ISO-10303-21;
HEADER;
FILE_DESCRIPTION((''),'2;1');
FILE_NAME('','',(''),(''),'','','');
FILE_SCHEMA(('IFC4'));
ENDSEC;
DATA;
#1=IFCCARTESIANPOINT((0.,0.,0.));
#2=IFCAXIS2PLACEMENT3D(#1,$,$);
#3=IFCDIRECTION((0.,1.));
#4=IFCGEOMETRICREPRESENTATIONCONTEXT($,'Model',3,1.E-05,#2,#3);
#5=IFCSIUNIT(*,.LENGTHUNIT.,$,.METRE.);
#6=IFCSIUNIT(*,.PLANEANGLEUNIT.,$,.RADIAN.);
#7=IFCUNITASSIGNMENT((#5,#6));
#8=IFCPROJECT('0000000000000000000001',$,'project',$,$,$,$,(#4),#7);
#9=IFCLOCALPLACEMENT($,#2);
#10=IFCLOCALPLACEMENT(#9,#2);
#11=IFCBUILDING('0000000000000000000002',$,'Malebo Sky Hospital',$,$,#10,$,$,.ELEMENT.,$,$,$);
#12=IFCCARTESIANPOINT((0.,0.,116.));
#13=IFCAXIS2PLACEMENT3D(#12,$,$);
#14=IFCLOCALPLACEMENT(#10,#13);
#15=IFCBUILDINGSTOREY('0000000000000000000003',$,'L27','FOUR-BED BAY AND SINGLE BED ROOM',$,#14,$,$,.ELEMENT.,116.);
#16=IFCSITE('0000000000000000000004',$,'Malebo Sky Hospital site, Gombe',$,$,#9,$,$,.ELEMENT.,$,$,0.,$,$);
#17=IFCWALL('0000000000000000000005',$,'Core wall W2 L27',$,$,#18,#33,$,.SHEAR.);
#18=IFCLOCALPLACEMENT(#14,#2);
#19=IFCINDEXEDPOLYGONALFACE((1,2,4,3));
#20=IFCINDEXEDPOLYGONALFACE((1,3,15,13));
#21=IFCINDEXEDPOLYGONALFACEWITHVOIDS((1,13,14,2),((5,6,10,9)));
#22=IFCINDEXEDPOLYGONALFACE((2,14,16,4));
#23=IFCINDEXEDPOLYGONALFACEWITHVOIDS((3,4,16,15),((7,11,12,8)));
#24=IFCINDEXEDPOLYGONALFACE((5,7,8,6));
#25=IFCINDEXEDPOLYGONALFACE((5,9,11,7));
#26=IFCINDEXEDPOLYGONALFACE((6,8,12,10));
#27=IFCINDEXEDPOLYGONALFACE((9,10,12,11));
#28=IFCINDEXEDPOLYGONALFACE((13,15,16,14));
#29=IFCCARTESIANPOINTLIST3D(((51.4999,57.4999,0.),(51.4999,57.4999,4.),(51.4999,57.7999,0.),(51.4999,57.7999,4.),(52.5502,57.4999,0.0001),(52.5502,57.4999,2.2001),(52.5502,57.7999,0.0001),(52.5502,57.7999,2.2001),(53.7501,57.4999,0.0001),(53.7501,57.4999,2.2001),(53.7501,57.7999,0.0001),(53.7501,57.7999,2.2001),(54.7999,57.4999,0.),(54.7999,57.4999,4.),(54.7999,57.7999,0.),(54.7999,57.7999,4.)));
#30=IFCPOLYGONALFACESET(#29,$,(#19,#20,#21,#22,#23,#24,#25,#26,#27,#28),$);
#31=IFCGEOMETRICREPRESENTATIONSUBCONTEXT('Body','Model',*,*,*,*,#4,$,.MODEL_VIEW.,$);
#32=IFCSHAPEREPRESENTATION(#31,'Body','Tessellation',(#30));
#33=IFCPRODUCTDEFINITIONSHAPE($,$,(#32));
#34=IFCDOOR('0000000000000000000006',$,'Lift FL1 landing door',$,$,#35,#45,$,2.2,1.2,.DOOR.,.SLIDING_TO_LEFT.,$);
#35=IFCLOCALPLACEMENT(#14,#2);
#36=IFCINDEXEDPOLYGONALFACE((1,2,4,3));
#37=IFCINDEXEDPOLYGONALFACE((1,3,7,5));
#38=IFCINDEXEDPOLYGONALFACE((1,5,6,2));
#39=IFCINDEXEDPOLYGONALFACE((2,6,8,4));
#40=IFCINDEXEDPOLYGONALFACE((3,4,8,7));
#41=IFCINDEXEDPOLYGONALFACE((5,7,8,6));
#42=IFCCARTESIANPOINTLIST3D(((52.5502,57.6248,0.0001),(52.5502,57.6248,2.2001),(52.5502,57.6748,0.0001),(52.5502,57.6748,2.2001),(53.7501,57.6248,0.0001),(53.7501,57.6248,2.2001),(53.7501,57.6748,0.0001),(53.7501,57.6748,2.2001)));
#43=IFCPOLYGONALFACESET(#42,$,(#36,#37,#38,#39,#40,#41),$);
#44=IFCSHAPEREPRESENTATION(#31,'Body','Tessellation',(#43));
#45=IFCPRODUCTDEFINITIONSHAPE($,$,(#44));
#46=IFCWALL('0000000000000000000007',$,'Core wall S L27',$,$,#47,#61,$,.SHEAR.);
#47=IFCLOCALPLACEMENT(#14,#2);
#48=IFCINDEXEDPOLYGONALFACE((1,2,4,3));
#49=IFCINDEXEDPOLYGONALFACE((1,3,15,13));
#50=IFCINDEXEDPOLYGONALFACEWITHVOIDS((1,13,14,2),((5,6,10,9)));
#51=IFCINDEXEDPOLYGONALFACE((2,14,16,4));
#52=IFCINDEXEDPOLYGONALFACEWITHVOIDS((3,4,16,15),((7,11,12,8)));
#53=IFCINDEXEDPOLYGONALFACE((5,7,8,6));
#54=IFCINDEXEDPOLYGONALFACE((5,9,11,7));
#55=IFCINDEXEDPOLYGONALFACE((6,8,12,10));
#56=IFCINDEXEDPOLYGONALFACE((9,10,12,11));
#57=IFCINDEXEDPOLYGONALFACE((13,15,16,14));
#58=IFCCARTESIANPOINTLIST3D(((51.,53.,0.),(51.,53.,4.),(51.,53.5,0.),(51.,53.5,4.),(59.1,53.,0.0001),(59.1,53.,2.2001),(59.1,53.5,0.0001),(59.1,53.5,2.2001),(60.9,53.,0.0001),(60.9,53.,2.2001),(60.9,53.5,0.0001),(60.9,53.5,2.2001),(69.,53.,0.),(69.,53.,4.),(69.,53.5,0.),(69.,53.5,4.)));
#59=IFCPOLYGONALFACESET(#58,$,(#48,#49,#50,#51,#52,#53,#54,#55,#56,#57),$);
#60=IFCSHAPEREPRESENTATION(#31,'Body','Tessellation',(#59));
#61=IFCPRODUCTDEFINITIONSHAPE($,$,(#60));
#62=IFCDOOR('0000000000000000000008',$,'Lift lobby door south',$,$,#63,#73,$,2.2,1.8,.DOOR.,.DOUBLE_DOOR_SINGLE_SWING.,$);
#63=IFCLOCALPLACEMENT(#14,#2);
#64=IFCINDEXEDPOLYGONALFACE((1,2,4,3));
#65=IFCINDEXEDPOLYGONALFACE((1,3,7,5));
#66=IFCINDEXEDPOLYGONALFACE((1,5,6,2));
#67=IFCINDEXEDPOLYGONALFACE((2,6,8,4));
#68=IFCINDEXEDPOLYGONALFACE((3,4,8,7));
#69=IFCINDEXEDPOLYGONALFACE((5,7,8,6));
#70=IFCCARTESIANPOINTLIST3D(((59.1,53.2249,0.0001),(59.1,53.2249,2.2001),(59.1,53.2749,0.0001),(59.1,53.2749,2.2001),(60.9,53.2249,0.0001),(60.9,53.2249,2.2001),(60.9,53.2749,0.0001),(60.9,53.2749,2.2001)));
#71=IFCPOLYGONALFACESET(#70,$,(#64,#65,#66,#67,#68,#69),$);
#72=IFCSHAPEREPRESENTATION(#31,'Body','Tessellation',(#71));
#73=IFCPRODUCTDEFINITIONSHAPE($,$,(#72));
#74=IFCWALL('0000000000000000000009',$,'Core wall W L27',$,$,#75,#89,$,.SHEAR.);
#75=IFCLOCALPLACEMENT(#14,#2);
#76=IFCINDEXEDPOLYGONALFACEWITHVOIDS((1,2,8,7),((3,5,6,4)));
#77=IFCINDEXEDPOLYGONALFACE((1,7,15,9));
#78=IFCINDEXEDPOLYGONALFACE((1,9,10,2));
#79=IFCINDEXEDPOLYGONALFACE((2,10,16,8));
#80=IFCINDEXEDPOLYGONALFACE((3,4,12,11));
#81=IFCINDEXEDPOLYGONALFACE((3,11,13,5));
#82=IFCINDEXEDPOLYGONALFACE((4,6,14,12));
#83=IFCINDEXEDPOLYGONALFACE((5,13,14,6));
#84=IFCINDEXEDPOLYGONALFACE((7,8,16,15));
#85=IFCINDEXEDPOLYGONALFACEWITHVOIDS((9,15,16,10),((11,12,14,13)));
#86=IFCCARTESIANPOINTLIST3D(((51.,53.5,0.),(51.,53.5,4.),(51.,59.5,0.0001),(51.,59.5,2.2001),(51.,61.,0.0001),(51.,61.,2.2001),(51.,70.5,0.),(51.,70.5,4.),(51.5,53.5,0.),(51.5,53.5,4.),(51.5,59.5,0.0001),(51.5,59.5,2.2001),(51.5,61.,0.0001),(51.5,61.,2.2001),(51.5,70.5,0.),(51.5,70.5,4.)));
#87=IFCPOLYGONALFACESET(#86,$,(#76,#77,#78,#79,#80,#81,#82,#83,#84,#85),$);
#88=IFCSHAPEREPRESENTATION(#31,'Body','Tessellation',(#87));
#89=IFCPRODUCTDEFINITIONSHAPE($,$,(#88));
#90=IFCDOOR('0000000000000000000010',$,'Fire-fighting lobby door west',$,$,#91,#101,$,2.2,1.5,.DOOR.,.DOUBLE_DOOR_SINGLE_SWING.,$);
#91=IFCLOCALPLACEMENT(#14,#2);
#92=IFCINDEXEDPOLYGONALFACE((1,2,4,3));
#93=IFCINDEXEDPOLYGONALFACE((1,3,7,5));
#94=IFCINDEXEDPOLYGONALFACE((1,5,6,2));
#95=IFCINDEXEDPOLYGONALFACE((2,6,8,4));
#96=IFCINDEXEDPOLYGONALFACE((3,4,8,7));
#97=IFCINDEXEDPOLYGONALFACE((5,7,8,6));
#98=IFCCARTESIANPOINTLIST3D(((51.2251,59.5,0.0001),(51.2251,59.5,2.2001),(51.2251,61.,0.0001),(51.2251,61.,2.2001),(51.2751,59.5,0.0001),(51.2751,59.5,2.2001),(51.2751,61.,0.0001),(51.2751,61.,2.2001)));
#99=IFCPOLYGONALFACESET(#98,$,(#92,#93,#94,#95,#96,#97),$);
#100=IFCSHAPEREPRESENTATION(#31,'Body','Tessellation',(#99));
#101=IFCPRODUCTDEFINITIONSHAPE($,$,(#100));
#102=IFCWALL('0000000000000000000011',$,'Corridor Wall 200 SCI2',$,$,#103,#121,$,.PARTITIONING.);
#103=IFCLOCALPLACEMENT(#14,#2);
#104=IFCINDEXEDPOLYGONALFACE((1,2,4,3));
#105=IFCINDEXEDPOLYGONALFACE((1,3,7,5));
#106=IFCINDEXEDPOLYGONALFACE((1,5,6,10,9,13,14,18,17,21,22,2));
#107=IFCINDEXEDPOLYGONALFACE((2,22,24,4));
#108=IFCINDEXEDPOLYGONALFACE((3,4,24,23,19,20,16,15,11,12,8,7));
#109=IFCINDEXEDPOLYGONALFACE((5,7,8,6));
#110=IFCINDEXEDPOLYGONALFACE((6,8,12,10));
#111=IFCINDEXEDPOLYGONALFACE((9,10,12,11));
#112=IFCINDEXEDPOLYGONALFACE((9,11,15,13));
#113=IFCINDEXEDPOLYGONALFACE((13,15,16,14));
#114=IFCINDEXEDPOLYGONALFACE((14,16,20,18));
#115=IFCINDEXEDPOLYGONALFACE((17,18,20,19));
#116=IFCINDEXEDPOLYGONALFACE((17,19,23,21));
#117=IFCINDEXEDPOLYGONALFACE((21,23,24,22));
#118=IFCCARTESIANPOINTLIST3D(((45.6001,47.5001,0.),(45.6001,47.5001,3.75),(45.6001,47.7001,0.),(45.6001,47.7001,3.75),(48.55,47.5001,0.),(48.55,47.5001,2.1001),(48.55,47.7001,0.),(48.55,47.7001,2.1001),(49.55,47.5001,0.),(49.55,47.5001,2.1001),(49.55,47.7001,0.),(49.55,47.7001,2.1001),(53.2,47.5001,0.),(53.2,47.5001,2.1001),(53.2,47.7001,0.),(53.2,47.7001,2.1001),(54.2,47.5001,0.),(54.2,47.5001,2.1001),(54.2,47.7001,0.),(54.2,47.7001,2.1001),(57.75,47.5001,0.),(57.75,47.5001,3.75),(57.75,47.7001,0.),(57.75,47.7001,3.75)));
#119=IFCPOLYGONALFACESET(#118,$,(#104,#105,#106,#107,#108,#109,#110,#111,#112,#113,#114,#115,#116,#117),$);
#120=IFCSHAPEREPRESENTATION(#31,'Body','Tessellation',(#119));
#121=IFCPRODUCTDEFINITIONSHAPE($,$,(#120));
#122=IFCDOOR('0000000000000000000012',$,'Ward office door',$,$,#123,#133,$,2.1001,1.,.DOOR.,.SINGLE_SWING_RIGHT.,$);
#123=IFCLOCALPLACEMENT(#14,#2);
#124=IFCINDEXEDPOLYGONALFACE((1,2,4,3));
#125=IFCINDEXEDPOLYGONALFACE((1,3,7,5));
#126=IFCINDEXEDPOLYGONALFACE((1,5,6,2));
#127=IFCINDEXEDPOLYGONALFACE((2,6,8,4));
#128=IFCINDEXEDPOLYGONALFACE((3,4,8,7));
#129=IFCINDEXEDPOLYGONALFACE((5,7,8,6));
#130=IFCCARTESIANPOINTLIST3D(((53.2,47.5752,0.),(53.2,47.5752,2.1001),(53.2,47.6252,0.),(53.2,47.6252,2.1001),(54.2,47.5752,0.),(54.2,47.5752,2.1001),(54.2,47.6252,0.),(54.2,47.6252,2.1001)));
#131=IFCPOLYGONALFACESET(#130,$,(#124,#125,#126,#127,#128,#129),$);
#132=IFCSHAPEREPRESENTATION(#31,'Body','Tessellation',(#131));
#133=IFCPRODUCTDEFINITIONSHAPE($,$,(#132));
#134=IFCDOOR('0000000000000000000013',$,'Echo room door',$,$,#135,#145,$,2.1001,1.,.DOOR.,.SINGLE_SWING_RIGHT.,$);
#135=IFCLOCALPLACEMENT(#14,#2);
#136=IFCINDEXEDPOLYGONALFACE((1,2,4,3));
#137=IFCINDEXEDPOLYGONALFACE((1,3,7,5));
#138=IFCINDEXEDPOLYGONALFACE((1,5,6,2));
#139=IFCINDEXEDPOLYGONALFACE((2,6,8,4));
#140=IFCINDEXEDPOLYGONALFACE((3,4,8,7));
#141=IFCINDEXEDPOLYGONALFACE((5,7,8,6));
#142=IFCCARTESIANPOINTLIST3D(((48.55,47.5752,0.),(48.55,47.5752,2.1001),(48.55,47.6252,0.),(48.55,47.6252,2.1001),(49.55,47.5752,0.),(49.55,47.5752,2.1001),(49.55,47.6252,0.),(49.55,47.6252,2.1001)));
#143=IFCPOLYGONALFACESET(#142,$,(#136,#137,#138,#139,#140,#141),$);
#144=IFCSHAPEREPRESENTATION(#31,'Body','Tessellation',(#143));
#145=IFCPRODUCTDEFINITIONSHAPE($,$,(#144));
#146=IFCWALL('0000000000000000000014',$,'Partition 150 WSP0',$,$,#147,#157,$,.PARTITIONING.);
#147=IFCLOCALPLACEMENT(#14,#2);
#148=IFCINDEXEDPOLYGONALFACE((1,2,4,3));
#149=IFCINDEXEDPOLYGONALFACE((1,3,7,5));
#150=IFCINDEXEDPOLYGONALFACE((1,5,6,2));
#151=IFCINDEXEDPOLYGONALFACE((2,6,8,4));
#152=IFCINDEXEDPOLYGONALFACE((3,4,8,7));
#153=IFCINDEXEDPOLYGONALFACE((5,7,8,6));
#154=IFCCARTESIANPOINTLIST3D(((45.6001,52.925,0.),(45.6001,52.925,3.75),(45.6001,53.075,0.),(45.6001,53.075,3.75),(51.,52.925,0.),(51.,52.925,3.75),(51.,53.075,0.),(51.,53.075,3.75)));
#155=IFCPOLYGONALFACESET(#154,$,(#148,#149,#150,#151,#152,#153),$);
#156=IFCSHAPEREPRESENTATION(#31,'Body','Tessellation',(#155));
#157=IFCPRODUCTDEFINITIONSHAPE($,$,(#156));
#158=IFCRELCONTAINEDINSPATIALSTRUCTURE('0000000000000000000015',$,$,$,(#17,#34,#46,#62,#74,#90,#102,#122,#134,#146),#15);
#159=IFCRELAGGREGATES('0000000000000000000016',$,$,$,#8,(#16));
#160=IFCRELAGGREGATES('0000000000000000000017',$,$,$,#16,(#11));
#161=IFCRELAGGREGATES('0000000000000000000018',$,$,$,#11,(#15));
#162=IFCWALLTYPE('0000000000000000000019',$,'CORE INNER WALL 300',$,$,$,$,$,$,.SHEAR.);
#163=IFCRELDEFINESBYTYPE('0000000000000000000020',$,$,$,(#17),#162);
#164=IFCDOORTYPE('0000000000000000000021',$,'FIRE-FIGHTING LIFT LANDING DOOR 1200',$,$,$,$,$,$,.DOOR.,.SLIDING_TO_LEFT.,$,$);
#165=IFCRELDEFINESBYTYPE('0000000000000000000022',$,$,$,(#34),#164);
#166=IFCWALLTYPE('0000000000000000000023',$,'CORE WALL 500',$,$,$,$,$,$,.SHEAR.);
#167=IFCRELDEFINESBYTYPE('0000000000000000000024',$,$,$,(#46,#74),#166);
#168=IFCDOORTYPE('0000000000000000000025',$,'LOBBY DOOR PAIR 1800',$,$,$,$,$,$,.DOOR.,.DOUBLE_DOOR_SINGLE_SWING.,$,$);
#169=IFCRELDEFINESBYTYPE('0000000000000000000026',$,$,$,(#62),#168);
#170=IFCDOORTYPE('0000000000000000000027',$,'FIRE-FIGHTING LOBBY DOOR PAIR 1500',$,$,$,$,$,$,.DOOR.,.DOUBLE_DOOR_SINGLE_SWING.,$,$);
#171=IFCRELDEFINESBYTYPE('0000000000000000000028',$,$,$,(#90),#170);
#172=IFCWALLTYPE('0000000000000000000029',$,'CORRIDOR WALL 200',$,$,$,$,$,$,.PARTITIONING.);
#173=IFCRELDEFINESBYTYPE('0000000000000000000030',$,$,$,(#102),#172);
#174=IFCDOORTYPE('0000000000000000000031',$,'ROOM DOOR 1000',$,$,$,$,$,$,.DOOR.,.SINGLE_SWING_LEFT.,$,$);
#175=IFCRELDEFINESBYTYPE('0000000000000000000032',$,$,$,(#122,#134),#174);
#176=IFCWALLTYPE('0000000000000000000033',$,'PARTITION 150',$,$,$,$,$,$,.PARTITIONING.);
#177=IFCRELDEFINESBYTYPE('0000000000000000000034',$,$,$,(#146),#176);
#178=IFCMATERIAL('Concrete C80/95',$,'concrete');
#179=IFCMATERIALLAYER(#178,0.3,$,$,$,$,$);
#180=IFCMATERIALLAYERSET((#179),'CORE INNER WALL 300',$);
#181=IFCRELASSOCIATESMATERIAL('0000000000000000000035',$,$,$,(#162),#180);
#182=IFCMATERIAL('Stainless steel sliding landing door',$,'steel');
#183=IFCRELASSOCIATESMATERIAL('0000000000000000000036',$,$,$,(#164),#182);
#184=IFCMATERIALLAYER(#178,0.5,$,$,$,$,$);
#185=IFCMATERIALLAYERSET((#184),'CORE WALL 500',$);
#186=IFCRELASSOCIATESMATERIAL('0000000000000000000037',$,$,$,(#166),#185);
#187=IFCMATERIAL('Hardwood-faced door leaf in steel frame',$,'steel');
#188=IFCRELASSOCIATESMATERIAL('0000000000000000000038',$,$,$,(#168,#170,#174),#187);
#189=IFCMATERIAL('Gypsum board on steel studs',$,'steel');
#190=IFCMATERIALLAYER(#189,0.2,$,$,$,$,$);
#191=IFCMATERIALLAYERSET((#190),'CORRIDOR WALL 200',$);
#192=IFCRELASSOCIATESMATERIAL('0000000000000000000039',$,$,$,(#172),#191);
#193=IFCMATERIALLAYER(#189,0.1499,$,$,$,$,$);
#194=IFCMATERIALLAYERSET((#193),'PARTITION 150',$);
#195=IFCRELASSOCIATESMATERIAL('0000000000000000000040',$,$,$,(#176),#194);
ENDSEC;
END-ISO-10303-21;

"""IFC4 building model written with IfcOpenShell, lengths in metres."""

from ifc_helpers import new_model, si_unit, direction, frame, frame_2d, origin, place, context, subcontext, project, spatial, rectangle, extrude, material, layer, layer_set, type_object, element, fill, save


model = new_model("IFC4")

# Units and contexts
model_context = context("Model", 3, precision=1e-05, world=origin(), true_north=direction((0.0, 1.0)))
body_context = subcontext(model_context, "Body", "Model", "MODEL_VIEW")
ifc_project = project(units=[si_unit("LENGTHUNIT", "METRE"), si_unit("PLANEANGLEUNIT", "RADIAN")], contexts=[model_context])

# Site, building, storey
site_placement = place(None, origin())
site = spatial("IfcSite", under=ifc_project, at=site_placement, Name="Malebo Sky Hospital site, Gombe", CompositionType="ELEMENT", RefElevation=0.0)
building_placement = place(site_placement, origin())
building = spatial("IfcBuilding", under=site, at=building_placement, Name="Malebo Sky Hospital", CompositionType="ELEMENT")
storey_placement = place(building_placement, frame((0.0, 0.0, 116.0)))
storey = spatial("IfcBuildingStorey", under=building, at=storey_placement, Name="L27", Description="FOUR-BED BAY AND SINGLE BED ROOM", CompositionType="ELEMENT", Elevation=116.0)

# Shared definitions
ifc_material_1 = material(Name="Concrete C80/95", Category="concrete")
ifc_material_2 = material(Name="Stainless steel sliding landing door", Category="steel")

# Shared definitions
ifc_layer_1 = layer(ifc_material_1, 0.3)
ifc_layer_set_1 = layer_set([ifc_layer_1], Name="CORE INNER WALL 300")
wall_type_1 = type_object("IfcWallType", Name="CORE INNER WALL 300", PredefinedType="SHEAR", material=ifc_layer_set_1)

# Walls, openings, doors
wall_1_placement = place(storey_placement, frame((51.5, 57.6499, 0.0), z_axis=(0.0, 0.0, 1.0), x_axis=(1.0, 0.0, 0.0)))
wall_1 = element("IfcWall", 1, at=wall_1_placement, inside=storey, type_object=wall_type_1, Name="Core wall W2 L27", PredefinedType="SHEAR", context=body_context, shape_type="SweptSolid", body=[
    extrude(rectangle(XDim=3.3, YDim=0.3, at=frame_2d((1.6499, 0.0))), origin(), (0.0, 0.0, 1.0), 4.0),
])
opening_1_placement = place(wall_1_placement, frame((1.05, 0.0, 0.0)))
opening_1 = element("IfcOpeningElement", 2, at=opening_1_placement, cuts=wall_1, PredefinedType="OPENING", context=body_context, shape_type="SweptSolid", body=[
    extrude(rectangle(XDim=1.2, YDim=2.2, at=frame_2d((0.6001, 1.1001))), frame((0.0, 0.1599, 0.0), z_axis=(0.0, -1.0, 0.0), x_axis=(1.0, 0.0, 0.0)), (0.0, 0.0, 1.0), 0.3201),
])
door_type_1 = type_object("IfcDoorType", Name="FIRE-FIGHTING LIFT LANDING DOOR 1200", OperationType="SLIDING_TO_LEFT", PredefinedType="DOOR", material=ifc_material_2)
door_1_placement = place(opening_1_placement, origin())
door_1 = element("IfcDoor", 3, at=door_1_placement, inside=storey, type_object=door_type_1, Name="Lift FL1 landing door", OperationType="SLIDING_TO_LEFT", OverallHeight=2.2, OverallWidth=1.2, PredefinedType="DOOR", context=body_context, shape_type="SweptSolid", body=[
    extrude(rectangle(XDim=1.2, YDim=2.2, at=frame_2d((0.6001, 1.1001))), frame((0.0, 0.0249, 0.0), z_axis=(0.0, -1.0, 0.0), x_axis=(1.0, 0.0, 0.0)), (0.0, 0.0, 1.0), 0.05),
])
fill(opening_1, door_1)
ifc_layer_2 = layer(ifc_material_1, 0.5)
ifc_layer_set_2 = layer_set([ifc_layer_2], Name="CORE WALL 500")
wall_type_2 = type_object("IfcWallType", Name="CORE WALL 500", PredefinedType="SHEAR", material=ifc_layer_set_2)
wall_2_placement = place(storey_placement, frame((51.0, 53.25, 0.0), z_axis=(0.0, 0.0, 1.0), x_axis=(1.0, 0.0, 0.0)))
wall_2 = element("IfcWall", 4, at=wall_2_placement, inside=storey, type_object=wall_type_2, Name="Core wall S L27", PredefinedType="SHEAR", context=body_context, shape_type="SweptSolid", body=[
    extrude(rectangle(XDim=18.0, YDim=0.5, at=frame_2d((9.0, 0.0))), origin(), (0.0, 0.0, 1.0), 4.0),
])
opening_2_placement = place(wall_2_placement, frame((8.1001, 0.0, 0.0)))
opening_2 = element("IfcOpeningElement", 5, at=opening_2_placement, cuts=wall_2, PredefinedType="OPENING", context=body_context, shape_type="SweptSolid", body=[
    extrude(rectangle(XDim=1.8, YDim=2.2, at=frame_2d((0.8999, 1.1001))), frame((0.0, 0.26, 0.0), z_axis=(0.0, -1.0, 0.0), x_axis=(1.0, 0.0, 0.0)), (0.0, 0.0, 1.0), 0.52),
])
ifc_material_3 = material(Name="Hardwood-faced door leaf in steel frame", Category="steel")
door_type_2 = type_object("IfcDoorType", Name="LOBBY DOOR PAIR 1800", OperationType="DOUBLE_DOOR_SINGLE_SWING", PredefinedType="DOOR", material=ifc_material_3)
door_2_placement = place(opening_2_placement, origin())
door_2 = element("IfcDoor", 6, at=door_2_placement, inside=storey, type_object=door_type_2, Name="Lift lobby door south", OperationType="DOUBLE_DOOR_SINGLE_SWING", OverallHeight=2.2, OverallWidth=1.8, PredefinedType="DOOR", context=body_context, shape_type="SweptSolid", body=[
    extrude(rectangle(XDim=1.8, YDim=2.2, at=frame_2d((0.8999, 1.1001))), frame((0.0, 0.0249, 0.0), z_axis=(0.0, -1.0, 0.0), x_axis=(1.0, 0.0, 0.0)), (0.0, 0.0, 1.0), 0.05),
])
fill(opening_2, door_2)
wall_3_placement = place(storey_placement, frame((51.25, 53.5, 0.0), z_axis=(0.0, 0.0, 1.0), x_axis=(0.0, 1.0, 0.0)))
wall_3 = element("IfcWall", 7, at=wall_3_placement, inside=storey, type_object=wall_type_2, Name="Core wall W L27", PredefinedType="SHEAR", context=body_context, shape_type="SweptSolid", body=[
    extrude(rectangle(XDim=17.0, YDim=0.5, at=frame_2d((8.5, 0.0))), origin(), (0.0, 0.0, 1.0), 4.0),
])
opening_3_placement = place(wall_3_placement, frame((6.0, 0.0, 0.0)))
opening_3 = element("IfcOpeningElement", 8, at=opening_3_placement, cuts=wall_3, PredefinedType="OPENING", context=body_context, shape_type="SweptSolid", body=[
    extrude(rectangle(XDim=1.5, YDim=2.2, at=frame_2d((0.75, 1.1001))), frame((0.0, 0.26, 0.0), z_axis=(0.0, -1.0, 0.0), x_axis=(1.0, 0.0, 0.0)), (0.0, 0.0, 1.0), 0.52),
])
door_type_3 = type_object("IfcDoorType", Name="FIRE-FIGHTING LOBBY DOOR PAIR 1500", OperationType="DOUBLE_DOOR_SINGLE_SWING", PredefinedType="DOOR", material=ifc_material_3)
door_3_placement = place(opening_3_placement, origin())
door_3 = element("IfcDoor", 9, at=door_3_placement, inside=storey, type_object=door_type_3, Name="Fire-fighting lobby door west", OperationType="DOUBLE_DOOR_SINGLE_SWING", OverallHeight=2.2, OverallWidth=1.5, PredefinedType="DOOR", context=body_context, shape_type="SweptSolid", body=[
    extrude(rectangle(XDim=1.5, YDim=2.2, at=frame_2d((0.75, 1.1001))), frame((0.0, 0.0249, 0.0), z_axis=(0.0, -1.0, 0.0), x_axis=(1.0, 0.0, 0.0)), (0.0, 0.0, 1.0), 0.05),
])
fill(opening_3, door_3)

# Wall, openings, doors
ifc_material_4 = material(Name="Gypsum board on steel studs", Category="steel")
ifc_layer_3 = layer(ifc_material_4, 0.2)
ifc_layer_set_3 = layer_set([ifc_layer_3], Name="CORRIDOR WALL 200")
wall_type_3 = type_object("IfcWallType", Name="CORRIDOR WALL 200", PredefinedType="PARTITIONING", material=ifc_layer_set_3)
wall_4_placement = place(storey_placement, frame((57.75, 47.6001, 0.0), z_axis=(0.0, 0.0, 1.0), x_axis=(-1.0, 0.0, 0.0)))
wall_4 = element("IfcWall", 10, at=wall_4_placement, inside=storey, type_object=wall_type_3, Name="Corridor Wall 200 SCI2", PredefinedType="PARTITIONING", context=body_context, shape_type="SweptSolid", body=[
    extrude(rectangle(XDim=12.1499, YDim=0.2, at=frame_2d((6.075, 0.0))), origin(), (0.0, 0.0, 1.0), 3.75),
])
opening_4_placement = place(wall_4_placement, frame((3.55, 0.0, 0.0)))
opening_4 = element("IfcOpeningElement", 11, at=opening_4_placement, cuts=wall_4, PredefinedType="OPENING", context=body_context, shape_type="SweptSolid", body=[
    extrude(rectangle(XDim=1.0, YDim=2.1001, at=frame_2d((0.5, 1.05))), frame((0.0, 0.1099, 0.0), z_axis=(0.0, -1.0, 0.0), x_axis=(1.0, 0.0, 0.0)), (0.0, 0.0, 1.0), 0.22),
])
opening_5_placement = place(wall_4_placement, frame((8.2, 0.0, 0.0)))
opening_5 = element("IfcOpeningElement", 12, at=opening_5_placement, cuts=wall_4, PredefinedType="OPENING", context=body_context, shape_type="SweptSolid", body=[
    extrude(rectangle(XDim=1.0, YDim=2.1001, at=frame_2d((0.5, 1.05))), frame((0.0, 0.1099, 0.0), z_axis=(0.0, -1.0, 0.0), x_axis=(1.0, 0.0, 0.0)), (0.0, 0.0, 1.0), 0.22),
])
door_type_4 = type_object("IfcDoorType", Name="ROOM DOOR 1000", OperationType="SINGLE_SWING_LEFT", PredefinedType="DOOR", material=ifc_material_3)
door_4_placement = place(opening_4_placement, origin())
door_4 = element("IfcDoor", 13, at=door_4_placement, inside=storey, type_object=door_type_4, Name="Ward office door", OperationType="SINGLE_SWING_RIGHT", OverallHeight=2.1001, OverallWidth=1.0, PredefinedType="DOOR", context=body_context, shape_type="SweptSolid", body=[
    extrude(rectangle(XDim=1.0, YDim=2.1001, at=frame_2d((0.5, 1.05))), frame((0.0, 0.0249, 0.0), z_axis=(0.0, -1.0, 0.0), x_axis=(1.0, 0.0, 0.0)), (0.0, 0.0, 1.0), 0.05),
])
fill(opening_4, door_4)
door_5_placement = place(opening_5_placement, origin())
door_5 = element("IfcDoor", 14, at=door_5_placement, inside=storey, type_object=door_type_4, Name="Echo room door", OperationType="SINGLE_SWING_RIGHT", OverallHeight=2.1001, OverallWidth=1.0, PredefinedType="DOOR", context=body_context, shape_type="SweptSolid", body=[
    extrude(rectangle(XDim=1.0, YDim=2.1001, at=frame_2d((0.5, 1.05))), frame((0.0, 0.0249, 0.0), z_axis=(0.0, -1.0, 0.0), x_axis=(1.0, 0.0, 0.0)), (0.0, 0.0, 1.0), 0.05),
])
fill(opening_5, door_5)

# Wall
ifc_layer_4 = layer(ifc_material_4, 0.1499)
ifc_layer_set_4 = layer_set([ifc_layer_4], Name="PARTITION 150")
wall_type_4 = type_object("IfcWallType", Name="PARTITION 150", PredefinedType="PARTITIONING", material=ifc_layer_set_4)
wall_5_placement = place(storey_placement, frame((51.0, 53.0, 0.0), z_axis=(0.0, 0.0, 1.0), x_axis=(-1.0, 0.0, 0.0)))
element("IfcWall", 15, at=wall_5_placement, inside=storey, type_object=wall_type_4, Name="Partition 150 WSP0", PredefinedType="PARTITIONING", context=body_context, shape_type="SweptSolid", body=[
    extrude(rectangle(XDim=5.3999, YDim=0.1499, at=frame_2d((2.7, 0.0))), origin(), (0.0, 0.0, 1.0), 3.75),
])

save(model, "model.ifc")
